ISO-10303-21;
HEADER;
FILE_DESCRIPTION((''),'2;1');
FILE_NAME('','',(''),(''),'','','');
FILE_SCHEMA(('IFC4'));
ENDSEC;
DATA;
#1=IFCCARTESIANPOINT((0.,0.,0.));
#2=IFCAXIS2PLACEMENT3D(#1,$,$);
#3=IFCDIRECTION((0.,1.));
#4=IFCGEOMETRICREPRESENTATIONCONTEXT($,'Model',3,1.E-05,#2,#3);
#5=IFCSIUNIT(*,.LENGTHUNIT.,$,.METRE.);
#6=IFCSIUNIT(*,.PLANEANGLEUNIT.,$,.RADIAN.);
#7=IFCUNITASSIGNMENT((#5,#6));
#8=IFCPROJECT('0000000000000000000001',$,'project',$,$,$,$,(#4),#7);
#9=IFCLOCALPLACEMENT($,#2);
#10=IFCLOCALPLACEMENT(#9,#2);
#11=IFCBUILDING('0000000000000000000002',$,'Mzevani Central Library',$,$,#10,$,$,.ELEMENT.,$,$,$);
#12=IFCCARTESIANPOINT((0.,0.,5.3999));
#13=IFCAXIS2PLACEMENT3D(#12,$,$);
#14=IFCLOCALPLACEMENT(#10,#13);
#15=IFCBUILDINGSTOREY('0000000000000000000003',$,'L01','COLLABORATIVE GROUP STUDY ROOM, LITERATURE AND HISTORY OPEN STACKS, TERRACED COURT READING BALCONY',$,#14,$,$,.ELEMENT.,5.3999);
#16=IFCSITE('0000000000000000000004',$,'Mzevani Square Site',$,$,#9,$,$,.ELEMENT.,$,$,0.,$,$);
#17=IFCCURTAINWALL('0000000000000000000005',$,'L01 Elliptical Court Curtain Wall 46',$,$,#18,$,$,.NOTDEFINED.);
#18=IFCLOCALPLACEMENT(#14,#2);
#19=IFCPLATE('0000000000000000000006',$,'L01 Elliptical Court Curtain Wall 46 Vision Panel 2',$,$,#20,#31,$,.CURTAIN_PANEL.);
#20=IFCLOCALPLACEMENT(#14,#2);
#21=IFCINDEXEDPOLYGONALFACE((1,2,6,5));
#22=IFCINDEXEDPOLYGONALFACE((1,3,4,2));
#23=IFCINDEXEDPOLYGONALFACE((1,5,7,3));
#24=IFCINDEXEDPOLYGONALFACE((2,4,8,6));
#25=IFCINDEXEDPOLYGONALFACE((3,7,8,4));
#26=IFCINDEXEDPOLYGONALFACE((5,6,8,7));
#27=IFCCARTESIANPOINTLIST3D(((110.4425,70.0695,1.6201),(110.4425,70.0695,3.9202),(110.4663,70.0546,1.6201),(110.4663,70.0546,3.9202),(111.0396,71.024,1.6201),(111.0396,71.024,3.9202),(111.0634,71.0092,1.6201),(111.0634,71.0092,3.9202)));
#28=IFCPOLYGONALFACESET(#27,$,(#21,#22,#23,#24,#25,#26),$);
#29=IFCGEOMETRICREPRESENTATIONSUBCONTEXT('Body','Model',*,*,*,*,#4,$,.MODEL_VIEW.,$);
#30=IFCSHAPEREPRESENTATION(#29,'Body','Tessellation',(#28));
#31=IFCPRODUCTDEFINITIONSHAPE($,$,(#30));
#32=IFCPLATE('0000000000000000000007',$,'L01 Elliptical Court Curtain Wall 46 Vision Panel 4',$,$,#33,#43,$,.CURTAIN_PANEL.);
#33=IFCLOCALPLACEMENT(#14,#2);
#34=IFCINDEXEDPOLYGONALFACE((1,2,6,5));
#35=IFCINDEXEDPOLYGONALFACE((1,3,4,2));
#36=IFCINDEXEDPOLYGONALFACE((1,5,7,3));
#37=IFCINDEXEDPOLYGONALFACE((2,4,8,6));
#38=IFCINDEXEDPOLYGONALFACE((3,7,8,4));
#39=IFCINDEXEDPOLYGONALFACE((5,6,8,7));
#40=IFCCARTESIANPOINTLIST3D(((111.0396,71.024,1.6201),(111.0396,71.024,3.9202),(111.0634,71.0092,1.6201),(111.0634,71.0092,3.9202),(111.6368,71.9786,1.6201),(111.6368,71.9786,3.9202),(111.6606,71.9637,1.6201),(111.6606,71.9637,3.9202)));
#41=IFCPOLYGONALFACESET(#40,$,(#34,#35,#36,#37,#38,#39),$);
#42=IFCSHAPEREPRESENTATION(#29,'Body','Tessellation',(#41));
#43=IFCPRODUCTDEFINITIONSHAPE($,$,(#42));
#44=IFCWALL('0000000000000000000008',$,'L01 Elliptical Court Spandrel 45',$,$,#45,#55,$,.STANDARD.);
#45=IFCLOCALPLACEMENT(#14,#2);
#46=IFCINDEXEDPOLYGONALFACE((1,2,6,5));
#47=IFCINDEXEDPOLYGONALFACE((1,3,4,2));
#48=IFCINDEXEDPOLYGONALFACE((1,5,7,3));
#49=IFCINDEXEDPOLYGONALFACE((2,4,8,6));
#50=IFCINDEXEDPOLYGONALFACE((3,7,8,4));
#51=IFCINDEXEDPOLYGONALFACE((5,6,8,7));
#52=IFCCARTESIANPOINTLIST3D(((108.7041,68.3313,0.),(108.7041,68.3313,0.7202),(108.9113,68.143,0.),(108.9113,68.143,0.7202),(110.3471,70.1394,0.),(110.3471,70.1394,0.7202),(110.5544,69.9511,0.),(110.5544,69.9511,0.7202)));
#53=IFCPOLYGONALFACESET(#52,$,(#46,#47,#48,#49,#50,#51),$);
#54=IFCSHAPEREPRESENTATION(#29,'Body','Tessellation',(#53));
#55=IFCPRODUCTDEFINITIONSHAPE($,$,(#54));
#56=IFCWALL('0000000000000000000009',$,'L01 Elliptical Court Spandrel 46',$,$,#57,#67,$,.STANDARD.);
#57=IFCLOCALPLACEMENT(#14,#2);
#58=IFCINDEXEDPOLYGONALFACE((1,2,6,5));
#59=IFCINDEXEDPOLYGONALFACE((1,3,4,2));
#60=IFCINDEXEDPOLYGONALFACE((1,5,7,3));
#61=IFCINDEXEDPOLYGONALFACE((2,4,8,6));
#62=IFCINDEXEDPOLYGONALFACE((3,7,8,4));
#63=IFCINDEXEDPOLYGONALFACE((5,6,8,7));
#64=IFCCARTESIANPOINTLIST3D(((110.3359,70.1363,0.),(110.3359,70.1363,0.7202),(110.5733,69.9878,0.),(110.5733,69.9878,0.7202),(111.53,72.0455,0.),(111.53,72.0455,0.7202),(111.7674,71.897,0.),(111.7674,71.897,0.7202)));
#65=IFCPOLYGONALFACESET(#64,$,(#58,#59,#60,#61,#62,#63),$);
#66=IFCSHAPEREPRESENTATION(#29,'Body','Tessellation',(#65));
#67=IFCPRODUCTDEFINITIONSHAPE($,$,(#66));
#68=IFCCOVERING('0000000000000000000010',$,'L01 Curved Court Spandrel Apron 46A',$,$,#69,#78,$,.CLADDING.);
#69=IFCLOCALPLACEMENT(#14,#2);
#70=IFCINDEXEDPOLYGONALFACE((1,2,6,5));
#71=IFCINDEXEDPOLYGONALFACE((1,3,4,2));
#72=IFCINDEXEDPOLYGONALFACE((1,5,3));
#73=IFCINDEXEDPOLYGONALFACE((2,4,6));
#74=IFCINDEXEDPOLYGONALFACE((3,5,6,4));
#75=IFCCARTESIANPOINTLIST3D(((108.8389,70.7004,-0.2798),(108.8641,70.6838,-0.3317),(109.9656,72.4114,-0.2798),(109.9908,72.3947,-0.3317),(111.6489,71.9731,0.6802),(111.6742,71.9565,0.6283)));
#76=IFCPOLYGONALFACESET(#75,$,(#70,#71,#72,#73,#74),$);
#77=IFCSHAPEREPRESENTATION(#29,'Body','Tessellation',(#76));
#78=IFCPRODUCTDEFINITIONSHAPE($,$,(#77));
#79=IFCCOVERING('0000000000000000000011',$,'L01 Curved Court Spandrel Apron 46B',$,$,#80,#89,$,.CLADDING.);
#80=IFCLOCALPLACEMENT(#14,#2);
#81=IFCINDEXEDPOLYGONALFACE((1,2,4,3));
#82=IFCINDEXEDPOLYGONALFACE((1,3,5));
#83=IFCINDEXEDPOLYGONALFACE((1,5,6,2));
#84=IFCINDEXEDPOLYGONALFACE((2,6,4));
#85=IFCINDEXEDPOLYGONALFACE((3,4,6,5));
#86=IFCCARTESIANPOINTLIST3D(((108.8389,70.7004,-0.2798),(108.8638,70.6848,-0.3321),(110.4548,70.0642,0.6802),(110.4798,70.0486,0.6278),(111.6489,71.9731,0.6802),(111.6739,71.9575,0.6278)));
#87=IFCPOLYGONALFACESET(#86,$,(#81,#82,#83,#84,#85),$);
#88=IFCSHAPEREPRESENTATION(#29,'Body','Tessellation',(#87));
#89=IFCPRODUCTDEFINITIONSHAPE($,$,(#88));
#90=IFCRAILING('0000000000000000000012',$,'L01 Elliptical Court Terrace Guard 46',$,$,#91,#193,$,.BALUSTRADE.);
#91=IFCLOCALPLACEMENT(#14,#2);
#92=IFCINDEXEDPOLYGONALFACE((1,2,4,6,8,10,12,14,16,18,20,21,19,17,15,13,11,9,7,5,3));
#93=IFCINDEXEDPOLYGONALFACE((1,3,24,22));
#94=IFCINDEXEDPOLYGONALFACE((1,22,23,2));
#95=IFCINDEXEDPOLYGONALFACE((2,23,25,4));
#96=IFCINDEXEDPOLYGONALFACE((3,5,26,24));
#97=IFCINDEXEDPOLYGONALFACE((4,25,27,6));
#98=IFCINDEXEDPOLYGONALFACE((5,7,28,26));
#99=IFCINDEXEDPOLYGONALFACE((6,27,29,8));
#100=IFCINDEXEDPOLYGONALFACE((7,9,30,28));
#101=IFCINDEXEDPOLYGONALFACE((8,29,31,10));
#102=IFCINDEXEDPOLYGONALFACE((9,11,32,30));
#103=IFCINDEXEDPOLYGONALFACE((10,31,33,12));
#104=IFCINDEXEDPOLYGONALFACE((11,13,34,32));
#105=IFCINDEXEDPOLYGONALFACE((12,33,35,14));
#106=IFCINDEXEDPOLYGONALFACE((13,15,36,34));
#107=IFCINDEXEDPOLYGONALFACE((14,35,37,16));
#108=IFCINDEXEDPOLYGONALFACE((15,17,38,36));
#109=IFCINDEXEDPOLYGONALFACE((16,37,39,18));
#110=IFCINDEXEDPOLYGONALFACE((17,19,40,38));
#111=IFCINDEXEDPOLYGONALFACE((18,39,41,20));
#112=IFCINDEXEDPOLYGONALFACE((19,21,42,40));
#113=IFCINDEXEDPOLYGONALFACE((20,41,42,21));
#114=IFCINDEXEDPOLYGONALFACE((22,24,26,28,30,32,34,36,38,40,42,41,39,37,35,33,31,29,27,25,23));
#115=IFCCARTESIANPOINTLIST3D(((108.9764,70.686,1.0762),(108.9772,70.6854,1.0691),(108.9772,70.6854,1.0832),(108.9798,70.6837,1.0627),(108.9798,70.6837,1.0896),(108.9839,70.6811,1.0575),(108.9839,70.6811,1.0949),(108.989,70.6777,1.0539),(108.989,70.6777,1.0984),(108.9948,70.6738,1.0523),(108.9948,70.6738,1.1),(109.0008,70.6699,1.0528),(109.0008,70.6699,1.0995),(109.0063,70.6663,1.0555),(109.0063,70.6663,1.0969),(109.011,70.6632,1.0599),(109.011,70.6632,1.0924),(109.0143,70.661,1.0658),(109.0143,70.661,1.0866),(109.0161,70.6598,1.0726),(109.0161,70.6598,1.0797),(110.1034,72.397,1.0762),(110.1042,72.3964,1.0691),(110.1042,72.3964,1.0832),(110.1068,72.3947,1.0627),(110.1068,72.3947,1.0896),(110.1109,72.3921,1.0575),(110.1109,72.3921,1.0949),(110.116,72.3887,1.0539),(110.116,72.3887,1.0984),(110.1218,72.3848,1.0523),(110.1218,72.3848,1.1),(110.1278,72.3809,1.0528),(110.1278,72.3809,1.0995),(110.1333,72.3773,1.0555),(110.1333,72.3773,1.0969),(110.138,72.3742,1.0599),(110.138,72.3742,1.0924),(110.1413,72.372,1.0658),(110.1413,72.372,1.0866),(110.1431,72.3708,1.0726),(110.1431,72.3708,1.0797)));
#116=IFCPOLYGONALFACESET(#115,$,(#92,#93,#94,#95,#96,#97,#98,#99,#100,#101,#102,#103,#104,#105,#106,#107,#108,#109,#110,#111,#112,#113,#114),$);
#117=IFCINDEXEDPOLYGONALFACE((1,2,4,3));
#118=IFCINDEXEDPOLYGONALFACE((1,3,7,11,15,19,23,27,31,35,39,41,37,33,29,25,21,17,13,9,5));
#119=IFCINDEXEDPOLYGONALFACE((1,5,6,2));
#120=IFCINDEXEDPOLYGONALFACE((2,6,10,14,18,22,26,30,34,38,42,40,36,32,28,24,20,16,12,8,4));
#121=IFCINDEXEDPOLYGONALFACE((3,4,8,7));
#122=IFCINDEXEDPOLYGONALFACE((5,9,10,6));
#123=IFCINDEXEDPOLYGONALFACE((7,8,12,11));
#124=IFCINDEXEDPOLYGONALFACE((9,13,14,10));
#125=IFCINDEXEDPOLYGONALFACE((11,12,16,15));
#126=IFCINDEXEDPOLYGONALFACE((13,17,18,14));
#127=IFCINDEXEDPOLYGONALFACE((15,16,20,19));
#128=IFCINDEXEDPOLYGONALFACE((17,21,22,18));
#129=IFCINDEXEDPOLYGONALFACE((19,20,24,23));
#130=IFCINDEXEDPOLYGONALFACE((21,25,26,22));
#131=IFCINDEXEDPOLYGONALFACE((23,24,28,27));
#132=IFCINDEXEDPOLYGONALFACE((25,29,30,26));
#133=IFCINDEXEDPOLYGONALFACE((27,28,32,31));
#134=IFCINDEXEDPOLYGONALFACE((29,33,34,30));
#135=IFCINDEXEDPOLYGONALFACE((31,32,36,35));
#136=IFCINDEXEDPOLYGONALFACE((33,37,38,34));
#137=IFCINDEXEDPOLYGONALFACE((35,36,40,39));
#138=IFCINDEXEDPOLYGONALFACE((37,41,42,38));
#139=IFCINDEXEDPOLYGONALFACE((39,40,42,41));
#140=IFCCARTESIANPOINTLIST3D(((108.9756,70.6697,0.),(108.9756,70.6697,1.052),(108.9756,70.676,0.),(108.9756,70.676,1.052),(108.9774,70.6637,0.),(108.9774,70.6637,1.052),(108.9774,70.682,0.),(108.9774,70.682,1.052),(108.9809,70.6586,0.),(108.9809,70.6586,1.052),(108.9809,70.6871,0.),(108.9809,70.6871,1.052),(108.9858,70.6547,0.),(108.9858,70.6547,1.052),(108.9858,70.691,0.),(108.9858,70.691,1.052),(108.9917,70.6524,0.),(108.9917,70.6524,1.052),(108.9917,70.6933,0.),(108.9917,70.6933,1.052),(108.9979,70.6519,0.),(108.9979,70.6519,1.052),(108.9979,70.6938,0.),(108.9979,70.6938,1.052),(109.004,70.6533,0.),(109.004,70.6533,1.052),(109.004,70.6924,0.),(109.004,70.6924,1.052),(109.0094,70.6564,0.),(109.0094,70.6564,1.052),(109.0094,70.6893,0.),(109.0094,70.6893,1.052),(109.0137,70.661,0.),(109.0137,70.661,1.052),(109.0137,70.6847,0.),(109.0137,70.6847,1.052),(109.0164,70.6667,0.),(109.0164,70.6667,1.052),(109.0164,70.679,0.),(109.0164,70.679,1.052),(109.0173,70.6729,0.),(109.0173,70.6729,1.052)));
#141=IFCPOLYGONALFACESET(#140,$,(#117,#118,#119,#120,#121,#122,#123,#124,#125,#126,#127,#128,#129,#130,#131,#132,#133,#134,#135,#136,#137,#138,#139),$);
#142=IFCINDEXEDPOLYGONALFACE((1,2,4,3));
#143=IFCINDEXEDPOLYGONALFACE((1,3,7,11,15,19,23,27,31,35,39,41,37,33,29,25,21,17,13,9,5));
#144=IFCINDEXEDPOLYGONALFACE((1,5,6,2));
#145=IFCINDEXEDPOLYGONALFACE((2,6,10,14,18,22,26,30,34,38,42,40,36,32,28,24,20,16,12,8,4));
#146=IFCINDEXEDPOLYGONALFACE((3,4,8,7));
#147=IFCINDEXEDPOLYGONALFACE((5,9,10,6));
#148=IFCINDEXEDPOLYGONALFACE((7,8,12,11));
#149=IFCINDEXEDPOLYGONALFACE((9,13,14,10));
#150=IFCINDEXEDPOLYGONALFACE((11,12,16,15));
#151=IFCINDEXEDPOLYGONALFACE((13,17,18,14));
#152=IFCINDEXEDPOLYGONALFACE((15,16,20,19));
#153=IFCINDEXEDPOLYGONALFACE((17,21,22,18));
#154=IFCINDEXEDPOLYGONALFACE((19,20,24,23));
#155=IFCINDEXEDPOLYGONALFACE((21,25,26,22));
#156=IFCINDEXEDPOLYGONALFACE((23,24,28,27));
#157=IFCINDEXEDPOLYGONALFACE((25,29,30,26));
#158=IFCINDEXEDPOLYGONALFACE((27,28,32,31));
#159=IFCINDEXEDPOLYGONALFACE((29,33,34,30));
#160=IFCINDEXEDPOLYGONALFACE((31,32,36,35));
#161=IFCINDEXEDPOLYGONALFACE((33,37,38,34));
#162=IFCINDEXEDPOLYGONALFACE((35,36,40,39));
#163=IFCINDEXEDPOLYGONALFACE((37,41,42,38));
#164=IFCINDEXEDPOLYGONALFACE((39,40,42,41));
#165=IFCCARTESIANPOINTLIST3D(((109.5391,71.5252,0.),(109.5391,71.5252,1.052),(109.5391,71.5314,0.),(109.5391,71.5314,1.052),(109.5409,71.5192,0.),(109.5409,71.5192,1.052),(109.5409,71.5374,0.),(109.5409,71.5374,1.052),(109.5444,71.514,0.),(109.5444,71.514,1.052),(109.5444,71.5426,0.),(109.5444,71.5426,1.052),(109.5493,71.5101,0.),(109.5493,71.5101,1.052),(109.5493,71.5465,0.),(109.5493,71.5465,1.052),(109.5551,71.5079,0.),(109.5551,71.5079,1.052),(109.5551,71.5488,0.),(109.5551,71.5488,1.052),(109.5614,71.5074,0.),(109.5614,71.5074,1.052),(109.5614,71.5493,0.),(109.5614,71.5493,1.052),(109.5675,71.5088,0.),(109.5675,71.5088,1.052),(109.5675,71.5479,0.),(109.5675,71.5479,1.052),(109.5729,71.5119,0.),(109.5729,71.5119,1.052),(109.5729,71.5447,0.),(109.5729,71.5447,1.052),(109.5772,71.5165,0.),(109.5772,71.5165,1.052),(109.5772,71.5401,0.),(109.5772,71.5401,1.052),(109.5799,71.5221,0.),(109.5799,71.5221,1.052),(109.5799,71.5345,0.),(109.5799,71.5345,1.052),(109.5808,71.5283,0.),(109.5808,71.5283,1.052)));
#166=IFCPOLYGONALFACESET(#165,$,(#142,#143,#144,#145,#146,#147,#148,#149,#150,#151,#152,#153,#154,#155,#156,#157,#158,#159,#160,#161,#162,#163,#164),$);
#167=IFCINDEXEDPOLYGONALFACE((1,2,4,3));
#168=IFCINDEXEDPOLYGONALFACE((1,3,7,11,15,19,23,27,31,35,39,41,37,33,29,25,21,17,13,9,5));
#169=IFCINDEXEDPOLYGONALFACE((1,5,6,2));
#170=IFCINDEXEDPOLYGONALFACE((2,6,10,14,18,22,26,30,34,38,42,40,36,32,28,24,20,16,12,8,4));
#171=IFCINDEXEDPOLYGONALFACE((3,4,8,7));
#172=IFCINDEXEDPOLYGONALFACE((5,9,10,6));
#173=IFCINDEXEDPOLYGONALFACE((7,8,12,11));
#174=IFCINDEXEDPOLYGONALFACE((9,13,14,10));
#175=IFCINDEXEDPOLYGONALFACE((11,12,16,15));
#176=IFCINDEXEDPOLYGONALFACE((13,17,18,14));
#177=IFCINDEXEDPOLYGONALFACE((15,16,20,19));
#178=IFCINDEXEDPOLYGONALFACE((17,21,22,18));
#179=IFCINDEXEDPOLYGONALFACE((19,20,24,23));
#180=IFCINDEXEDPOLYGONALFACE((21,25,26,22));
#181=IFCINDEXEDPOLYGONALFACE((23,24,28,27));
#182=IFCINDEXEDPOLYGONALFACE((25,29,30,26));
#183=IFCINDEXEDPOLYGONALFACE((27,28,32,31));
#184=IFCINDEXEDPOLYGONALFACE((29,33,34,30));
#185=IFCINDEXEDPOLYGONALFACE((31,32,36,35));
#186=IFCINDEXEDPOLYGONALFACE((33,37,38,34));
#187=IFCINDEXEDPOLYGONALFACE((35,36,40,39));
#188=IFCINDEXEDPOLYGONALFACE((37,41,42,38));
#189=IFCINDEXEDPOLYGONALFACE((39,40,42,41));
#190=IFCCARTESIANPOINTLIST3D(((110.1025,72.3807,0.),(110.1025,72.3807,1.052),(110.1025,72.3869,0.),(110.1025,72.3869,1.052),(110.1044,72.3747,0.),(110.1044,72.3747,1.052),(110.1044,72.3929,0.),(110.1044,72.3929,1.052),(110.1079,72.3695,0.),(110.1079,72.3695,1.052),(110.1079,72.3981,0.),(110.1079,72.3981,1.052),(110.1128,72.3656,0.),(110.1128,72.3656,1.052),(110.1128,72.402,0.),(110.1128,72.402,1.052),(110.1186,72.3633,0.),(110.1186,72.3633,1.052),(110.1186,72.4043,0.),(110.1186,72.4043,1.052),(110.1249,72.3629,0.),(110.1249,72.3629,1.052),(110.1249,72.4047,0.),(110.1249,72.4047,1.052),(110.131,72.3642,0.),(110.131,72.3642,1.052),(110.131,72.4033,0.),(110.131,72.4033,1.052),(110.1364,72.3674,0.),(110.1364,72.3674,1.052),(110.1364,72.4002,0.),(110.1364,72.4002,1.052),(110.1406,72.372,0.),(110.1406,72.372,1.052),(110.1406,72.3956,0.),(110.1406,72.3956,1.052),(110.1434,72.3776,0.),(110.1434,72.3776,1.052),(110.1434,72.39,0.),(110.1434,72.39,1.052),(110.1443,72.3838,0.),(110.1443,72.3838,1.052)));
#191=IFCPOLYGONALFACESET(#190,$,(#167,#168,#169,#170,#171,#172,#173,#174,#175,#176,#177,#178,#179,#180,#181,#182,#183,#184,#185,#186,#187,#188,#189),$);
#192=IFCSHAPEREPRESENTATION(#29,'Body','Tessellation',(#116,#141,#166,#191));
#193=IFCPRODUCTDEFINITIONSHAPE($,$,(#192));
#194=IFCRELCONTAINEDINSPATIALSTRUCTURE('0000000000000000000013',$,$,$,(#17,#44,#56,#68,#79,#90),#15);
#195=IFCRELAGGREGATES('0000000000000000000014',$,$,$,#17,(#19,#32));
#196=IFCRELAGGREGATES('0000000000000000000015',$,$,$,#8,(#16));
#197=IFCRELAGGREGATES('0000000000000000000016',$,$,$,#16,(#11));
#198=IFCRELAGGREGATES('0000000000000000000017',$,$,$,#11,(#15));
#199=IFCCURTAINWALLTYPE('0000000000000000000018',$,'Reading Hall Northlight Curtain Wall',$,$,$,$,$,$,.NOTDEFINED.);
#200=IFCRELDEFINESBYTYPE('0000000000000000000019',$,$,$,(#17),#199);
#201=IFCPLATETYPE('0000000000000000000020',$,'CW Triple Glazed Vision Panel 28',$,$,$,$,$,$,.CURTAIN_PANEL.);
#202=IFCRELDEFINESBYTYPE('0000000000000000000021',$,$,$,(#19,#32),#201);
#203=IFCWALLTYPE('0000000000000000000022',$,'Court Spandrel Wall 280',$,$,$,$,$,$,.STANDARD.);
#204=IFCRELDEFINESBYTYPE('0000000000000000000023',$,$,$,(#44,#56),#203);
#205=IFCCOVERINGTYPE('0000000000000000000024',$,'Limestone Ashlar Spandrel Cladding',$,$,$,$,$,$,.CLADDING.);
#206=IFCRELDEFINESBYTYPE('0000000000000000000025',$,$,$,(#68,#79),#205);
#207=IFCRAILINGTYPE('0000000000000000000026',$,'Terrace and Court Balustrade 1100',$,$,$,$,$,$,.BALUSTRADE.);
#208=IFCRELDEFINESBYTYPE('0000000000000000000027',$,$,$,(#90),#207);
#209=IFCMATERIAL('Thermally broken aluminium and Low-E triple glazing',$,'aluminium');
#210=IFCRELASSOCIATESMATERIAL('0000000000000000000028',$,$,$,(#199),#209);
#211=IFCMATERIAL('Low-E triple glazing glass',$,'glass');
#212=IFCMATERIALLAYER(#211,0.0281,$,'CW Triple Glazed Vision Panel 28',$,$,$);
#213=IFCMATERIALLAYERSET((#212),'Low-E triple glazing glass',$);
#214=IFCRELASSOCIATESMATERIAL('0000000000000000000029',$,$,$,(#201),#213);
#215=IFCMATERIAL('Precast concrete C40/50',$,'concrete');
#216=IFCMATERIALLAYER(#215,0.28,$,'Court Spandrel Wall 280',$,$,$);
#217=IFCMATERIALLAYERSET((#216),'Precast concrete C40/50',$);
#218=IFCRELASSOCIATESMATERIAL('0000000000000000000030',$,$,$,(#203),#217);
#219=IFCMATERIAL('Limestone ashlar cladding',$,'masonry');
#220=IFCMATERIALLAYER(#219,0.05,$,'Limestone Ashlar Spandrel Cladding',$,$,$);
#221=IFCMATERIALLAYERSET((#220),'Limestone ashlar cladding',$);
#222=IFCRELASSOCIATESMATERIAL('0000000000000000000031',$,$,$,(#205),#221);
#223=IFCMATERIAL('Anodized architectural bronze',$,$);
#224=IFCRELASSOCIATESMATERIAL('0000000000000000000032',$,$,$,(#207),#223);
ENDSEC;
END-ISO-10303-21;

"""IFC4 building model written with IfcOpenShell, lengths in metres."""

from ifc_helpers import new_model, si_unit, direction, frame, frame_2d, origin, origin_2d, place, context, subcontext, project, spatial, polyline, rectangle, circle, outline, extrude, material, layer, layer_set, type_object, element, aggregate, save


model = new_model("IFC4")

# Units and contexts
model_context = context("Model", 3, precision=1e-05, world=origin(), true_north=direction((0.0, 1.0)))
body_context = subcontext(model_context, "Body", "Model", "MODEL_VIEW")
ifc_project = project(units=[si_unit("LENGTHUNIT", "METRE"), si_unit("PLANEANGLEUNIT", "RADIAN")], contexts=[model_context])

# Site, building, storey
site_placement = place(None, origin())
site = spatial("IfcSite", under=ifc_project, at=site_placement, Name="Mzevani Square Site", CompositionType="ELEMENT", RefElevation=0.0)
building_placement = place(site_placement, origin())
building = spatial("IfcBuilding", under=site, at=building_placement, Name="Mzevani Central Library", CompositionType="ELEMENT")
storey_placement = place(building_placement, frame((0.0, 0.0, 5.3999)))
storey = spatial("IfcBuildingStorey", under=building, at=storey_placement, Name="L01", Description="COLLABORATIVE GROUP STUDY ROOM, LITERATURE AND HISTORY OPEN STACKS, TERRACED COURT READING BALCONY", CompositionType="ELEMENT", Elevation=5.3999)

# Shared definitions
ifc_material_1 = material(Name="Thermally broken aluminium and Low-E triple glazing", Category="aluminium")

# Curtain wall
curtain_wall_type_1 = type_object("IfcCurtainWallType", Name="Reading Hall Northlight Curtain Wall", PredefinedType="NOTDEFINED", material=ifc_material_1)
curtain_wall_1_placement = place(storey_placement, origin())
curtain_wall_1 = element("IfcCurtainWall", 1, at=curtain_wall_1_placement, inside=storey, type_object=curtain_wall_type_1, Name="L01 Elliptical Court Curtain Wall 46", PredefinedType="NOTDEFINED")

# Plates
ifc_material_2 = material(Name="Low-E triple glazing glass", Category="glass")
ifc_layer_1 = layer(ifc_material_2, 0.0281, Name="CW Triple Glazed Vision Panel 28")
ifc_layer_set_1 = layer_set([ifc_layer_1], Name="Low-E triple glazing glass")
plate_type_1 = type_object("IfcPlateType", Name="CW Triple Glazed Vision Panel 28", PredefinedType="CURTAIN_PANEL", material=ifc_layer_set_1)
plate_1_placement = place(storey_placement, frame((110.7529, 70.5393, 1.6201), z_axis=(0.0, 0.0, 1.0), x_axis=(0.530343, 0.847783, 0.0)))
plate_1 = element("IfcPlate", 2, at=plate_1_placement, type_object=plate_type_1, Name="L01 Elliptical Court Curtain Wall 46 Vision Panel 2", PredefinedType="CURTAIN_PANEL", context=body_context, shape_type="SweptSolid", body=[
    extrude(rectangle(XDim=1.126, YDim=0.0281, at=origin_2d()), origin(), (0.0, 0.0, 1.0), 2.3),
])
plate_2_placement = place(storey_placement, frame((111.3501, 71.4939, 1.6201), z_axis=(0.0, 0.0, 1.0), x_axis=(0.530343, 0.847783, 0.0)))
plate_2 = element("IfcPlate", 3, at=plate_2_placement, type_object=plate_type_1, Name="L01 Elliptical Court Curtain Wall 46 Vision Panel 4", PredefinedType="CURTAIN_PANEL", context=body_context, shape_type="SweptSolid", body=[
    extrude(rectangle(XDim=1.126, YDim=0.0281, at=origin_2d()), origin(), (0.0, 0.0, 1.0), 2.3),
])
aggregate(curtain_wall_1, [plate_1, plate_2])

# Walls
ifc_material_3 = material(Name="Precast concrete C40/50", Category="concrete")
ifc_layer_2 = layer(ifc_material_3, 0.28, Name="Court Spandrel Wall 280")
ifc_layer_set_2 = layer_set([ifc_layer_2], Name="Precast concrete C40/50")
wall_type = type_object("IfcWallType", Name="Court Spandrel Wall 280", PredefinedType="STANDARD", material=ifc_layer_set_2)
wall_1_placement = place(storey_placement, frame((108.8076, 68.2371, 0.0), z_axis=(0.0, 0.0, 1.0), x_axis=(0.672524, 0.740076, 0.0)))
element("IfcWall", 4, at=wall_1_placement, inside=storey, type_object=wall_type, Name="L01 Elliptical Court Spandrel 45", PredefinedType="STANDARD", context=body_context, shape_type="SweptSolid", body=[
    extrude(rectangle(XDim=2.4431, YDim=0.28, at=frame_2d((1.2217, 0.0))), origin(), (0.0, 0.0, 1.0), 0.7202),
])
wall_2_placement = place(storey_placement, frame((110.4546, 70.062, 0.0), z_axis=(0.0, 0.0, 1.0), x_axis=(0.530272, 0.847828, 0.0)))
element("IfcWall", 5, at=wall_2_placement, inside=storey, type_object=wall_type, Name="L01 Elliptical Court Spandrel 46", PredefinedType="STANDARD", context=body_context, shape_type="SweptSolid", body=[
    extrude(rectangle(XDim=2.252, YDim=0.28, at=frame_2d((1.126, 0.0))), origin(), (0.0, 0.0, 1.0), 0.7202),
])

# Coverings
ifc_material_4 = material(Name="Limestone ashlar cladding", Category="masonry")
ifc_layer_3 = layer(ifc_material_4, 0.05, Name="Limestone Ashlar Spandrel Cladding")
ifc_layer_set_3 = layer_set([ifc_layer_3], Name="Limestone ashlar cladding")
covering_type = type_object("IfcCoveringType", Name="Limestone Ashlar Spandrel Cladding", PredefinedType="CLADDING", material=ifc_layer_set_3)
covering_1_placement = place(storey_placement, frame((108.8389, 70.7004, -0.2798), z_axis=(-0.420578, 0.276965, 0.863947), x_axis=(0.549989, 0.835172, 0.0)))
element("IfcCovering", 6, at=covering_1_placement, inside=storey, type_object=covering_type, Name="L01 Curved Court Spandrel Apron 46A", PredefinedType="CLADDING", context=body_context, shape_type="SweptSolid", body=[
    extrude(outline(polyline([(0.0, 0.0), (2.0486, 0.0), (2.6084, -1.9063), (0.0, 0.0)])), origin(), (0.0, 0.0, -1.0), 0.0601),
])
covering_2_placement = place(storey_placement, frame((108.8389, 70.7004, -0.2798), z_axis=(-0.41549, 0.259901, 0.871676), x_axis=(0.869786, 0.393935, 0.297133)))
element("IfcCovering", 7, at=covering_2_placement, inside=storey, type_object=covering_type, Name="L01 Curved Court Spandrel Apron 46B", PredefinedType="CLADDING", context=body_context, shape_type="SweptSolid", body=[
    extrude(outline(polyline([(0.0, 0.0), (3.2307, 0.0), (1.4401, -1.3652), (0.0, 0.0)])), origin(), (0.0, 0.0, -1.0), 0.0601),
])

# Railing
ifc_material_5 = material(Name="Anodized architectural bronze")
railing_type = type_object("IfcRailingType", Name="Terrace and Court Balustrade 1100", PredefinedType="BALUSTRADE", material=ifc_material_5)
railing_placement = place(storey_placement, frame((108.9963, 70.6729, 0.0)))
element("IfcRailing", 8, at=railing_placement, inside=storey, type_object=railing_type, Name="L01 Elliptical Court Terrace Guard 46", PredefinedType="BALUSTRADE", context=body_context, shape_type="SweptSolid", body=[
    extrude(circle(Radius=0.0239, at=origin_2d()), frame((0.0, 0.0, 1.0762), z_axis=(0.550072, 0.835117, 0.0), x_axis=(-0.835117, 0.550072, 0.0)), (0.0, 0.0, 1.0), 2.0488),
    extrude(circle(Radius=0.021, at=origin_2d()), origin(), (0.0, 0.0, 1.0), 1.052),
    extrude(circle(Radius=0.021, at=origin_2d()), frame((0.5635, 0.8555, 0.0)), (0.0, 0.0, 1.0), 1.052),
    extrude(circle(Radius=0.021, at=origin_2d()), frame((1.127, 1.7109, 0.0)), (0.0, 0.0, 1.0), 1.052),
])

save(model, "model.ifc")
